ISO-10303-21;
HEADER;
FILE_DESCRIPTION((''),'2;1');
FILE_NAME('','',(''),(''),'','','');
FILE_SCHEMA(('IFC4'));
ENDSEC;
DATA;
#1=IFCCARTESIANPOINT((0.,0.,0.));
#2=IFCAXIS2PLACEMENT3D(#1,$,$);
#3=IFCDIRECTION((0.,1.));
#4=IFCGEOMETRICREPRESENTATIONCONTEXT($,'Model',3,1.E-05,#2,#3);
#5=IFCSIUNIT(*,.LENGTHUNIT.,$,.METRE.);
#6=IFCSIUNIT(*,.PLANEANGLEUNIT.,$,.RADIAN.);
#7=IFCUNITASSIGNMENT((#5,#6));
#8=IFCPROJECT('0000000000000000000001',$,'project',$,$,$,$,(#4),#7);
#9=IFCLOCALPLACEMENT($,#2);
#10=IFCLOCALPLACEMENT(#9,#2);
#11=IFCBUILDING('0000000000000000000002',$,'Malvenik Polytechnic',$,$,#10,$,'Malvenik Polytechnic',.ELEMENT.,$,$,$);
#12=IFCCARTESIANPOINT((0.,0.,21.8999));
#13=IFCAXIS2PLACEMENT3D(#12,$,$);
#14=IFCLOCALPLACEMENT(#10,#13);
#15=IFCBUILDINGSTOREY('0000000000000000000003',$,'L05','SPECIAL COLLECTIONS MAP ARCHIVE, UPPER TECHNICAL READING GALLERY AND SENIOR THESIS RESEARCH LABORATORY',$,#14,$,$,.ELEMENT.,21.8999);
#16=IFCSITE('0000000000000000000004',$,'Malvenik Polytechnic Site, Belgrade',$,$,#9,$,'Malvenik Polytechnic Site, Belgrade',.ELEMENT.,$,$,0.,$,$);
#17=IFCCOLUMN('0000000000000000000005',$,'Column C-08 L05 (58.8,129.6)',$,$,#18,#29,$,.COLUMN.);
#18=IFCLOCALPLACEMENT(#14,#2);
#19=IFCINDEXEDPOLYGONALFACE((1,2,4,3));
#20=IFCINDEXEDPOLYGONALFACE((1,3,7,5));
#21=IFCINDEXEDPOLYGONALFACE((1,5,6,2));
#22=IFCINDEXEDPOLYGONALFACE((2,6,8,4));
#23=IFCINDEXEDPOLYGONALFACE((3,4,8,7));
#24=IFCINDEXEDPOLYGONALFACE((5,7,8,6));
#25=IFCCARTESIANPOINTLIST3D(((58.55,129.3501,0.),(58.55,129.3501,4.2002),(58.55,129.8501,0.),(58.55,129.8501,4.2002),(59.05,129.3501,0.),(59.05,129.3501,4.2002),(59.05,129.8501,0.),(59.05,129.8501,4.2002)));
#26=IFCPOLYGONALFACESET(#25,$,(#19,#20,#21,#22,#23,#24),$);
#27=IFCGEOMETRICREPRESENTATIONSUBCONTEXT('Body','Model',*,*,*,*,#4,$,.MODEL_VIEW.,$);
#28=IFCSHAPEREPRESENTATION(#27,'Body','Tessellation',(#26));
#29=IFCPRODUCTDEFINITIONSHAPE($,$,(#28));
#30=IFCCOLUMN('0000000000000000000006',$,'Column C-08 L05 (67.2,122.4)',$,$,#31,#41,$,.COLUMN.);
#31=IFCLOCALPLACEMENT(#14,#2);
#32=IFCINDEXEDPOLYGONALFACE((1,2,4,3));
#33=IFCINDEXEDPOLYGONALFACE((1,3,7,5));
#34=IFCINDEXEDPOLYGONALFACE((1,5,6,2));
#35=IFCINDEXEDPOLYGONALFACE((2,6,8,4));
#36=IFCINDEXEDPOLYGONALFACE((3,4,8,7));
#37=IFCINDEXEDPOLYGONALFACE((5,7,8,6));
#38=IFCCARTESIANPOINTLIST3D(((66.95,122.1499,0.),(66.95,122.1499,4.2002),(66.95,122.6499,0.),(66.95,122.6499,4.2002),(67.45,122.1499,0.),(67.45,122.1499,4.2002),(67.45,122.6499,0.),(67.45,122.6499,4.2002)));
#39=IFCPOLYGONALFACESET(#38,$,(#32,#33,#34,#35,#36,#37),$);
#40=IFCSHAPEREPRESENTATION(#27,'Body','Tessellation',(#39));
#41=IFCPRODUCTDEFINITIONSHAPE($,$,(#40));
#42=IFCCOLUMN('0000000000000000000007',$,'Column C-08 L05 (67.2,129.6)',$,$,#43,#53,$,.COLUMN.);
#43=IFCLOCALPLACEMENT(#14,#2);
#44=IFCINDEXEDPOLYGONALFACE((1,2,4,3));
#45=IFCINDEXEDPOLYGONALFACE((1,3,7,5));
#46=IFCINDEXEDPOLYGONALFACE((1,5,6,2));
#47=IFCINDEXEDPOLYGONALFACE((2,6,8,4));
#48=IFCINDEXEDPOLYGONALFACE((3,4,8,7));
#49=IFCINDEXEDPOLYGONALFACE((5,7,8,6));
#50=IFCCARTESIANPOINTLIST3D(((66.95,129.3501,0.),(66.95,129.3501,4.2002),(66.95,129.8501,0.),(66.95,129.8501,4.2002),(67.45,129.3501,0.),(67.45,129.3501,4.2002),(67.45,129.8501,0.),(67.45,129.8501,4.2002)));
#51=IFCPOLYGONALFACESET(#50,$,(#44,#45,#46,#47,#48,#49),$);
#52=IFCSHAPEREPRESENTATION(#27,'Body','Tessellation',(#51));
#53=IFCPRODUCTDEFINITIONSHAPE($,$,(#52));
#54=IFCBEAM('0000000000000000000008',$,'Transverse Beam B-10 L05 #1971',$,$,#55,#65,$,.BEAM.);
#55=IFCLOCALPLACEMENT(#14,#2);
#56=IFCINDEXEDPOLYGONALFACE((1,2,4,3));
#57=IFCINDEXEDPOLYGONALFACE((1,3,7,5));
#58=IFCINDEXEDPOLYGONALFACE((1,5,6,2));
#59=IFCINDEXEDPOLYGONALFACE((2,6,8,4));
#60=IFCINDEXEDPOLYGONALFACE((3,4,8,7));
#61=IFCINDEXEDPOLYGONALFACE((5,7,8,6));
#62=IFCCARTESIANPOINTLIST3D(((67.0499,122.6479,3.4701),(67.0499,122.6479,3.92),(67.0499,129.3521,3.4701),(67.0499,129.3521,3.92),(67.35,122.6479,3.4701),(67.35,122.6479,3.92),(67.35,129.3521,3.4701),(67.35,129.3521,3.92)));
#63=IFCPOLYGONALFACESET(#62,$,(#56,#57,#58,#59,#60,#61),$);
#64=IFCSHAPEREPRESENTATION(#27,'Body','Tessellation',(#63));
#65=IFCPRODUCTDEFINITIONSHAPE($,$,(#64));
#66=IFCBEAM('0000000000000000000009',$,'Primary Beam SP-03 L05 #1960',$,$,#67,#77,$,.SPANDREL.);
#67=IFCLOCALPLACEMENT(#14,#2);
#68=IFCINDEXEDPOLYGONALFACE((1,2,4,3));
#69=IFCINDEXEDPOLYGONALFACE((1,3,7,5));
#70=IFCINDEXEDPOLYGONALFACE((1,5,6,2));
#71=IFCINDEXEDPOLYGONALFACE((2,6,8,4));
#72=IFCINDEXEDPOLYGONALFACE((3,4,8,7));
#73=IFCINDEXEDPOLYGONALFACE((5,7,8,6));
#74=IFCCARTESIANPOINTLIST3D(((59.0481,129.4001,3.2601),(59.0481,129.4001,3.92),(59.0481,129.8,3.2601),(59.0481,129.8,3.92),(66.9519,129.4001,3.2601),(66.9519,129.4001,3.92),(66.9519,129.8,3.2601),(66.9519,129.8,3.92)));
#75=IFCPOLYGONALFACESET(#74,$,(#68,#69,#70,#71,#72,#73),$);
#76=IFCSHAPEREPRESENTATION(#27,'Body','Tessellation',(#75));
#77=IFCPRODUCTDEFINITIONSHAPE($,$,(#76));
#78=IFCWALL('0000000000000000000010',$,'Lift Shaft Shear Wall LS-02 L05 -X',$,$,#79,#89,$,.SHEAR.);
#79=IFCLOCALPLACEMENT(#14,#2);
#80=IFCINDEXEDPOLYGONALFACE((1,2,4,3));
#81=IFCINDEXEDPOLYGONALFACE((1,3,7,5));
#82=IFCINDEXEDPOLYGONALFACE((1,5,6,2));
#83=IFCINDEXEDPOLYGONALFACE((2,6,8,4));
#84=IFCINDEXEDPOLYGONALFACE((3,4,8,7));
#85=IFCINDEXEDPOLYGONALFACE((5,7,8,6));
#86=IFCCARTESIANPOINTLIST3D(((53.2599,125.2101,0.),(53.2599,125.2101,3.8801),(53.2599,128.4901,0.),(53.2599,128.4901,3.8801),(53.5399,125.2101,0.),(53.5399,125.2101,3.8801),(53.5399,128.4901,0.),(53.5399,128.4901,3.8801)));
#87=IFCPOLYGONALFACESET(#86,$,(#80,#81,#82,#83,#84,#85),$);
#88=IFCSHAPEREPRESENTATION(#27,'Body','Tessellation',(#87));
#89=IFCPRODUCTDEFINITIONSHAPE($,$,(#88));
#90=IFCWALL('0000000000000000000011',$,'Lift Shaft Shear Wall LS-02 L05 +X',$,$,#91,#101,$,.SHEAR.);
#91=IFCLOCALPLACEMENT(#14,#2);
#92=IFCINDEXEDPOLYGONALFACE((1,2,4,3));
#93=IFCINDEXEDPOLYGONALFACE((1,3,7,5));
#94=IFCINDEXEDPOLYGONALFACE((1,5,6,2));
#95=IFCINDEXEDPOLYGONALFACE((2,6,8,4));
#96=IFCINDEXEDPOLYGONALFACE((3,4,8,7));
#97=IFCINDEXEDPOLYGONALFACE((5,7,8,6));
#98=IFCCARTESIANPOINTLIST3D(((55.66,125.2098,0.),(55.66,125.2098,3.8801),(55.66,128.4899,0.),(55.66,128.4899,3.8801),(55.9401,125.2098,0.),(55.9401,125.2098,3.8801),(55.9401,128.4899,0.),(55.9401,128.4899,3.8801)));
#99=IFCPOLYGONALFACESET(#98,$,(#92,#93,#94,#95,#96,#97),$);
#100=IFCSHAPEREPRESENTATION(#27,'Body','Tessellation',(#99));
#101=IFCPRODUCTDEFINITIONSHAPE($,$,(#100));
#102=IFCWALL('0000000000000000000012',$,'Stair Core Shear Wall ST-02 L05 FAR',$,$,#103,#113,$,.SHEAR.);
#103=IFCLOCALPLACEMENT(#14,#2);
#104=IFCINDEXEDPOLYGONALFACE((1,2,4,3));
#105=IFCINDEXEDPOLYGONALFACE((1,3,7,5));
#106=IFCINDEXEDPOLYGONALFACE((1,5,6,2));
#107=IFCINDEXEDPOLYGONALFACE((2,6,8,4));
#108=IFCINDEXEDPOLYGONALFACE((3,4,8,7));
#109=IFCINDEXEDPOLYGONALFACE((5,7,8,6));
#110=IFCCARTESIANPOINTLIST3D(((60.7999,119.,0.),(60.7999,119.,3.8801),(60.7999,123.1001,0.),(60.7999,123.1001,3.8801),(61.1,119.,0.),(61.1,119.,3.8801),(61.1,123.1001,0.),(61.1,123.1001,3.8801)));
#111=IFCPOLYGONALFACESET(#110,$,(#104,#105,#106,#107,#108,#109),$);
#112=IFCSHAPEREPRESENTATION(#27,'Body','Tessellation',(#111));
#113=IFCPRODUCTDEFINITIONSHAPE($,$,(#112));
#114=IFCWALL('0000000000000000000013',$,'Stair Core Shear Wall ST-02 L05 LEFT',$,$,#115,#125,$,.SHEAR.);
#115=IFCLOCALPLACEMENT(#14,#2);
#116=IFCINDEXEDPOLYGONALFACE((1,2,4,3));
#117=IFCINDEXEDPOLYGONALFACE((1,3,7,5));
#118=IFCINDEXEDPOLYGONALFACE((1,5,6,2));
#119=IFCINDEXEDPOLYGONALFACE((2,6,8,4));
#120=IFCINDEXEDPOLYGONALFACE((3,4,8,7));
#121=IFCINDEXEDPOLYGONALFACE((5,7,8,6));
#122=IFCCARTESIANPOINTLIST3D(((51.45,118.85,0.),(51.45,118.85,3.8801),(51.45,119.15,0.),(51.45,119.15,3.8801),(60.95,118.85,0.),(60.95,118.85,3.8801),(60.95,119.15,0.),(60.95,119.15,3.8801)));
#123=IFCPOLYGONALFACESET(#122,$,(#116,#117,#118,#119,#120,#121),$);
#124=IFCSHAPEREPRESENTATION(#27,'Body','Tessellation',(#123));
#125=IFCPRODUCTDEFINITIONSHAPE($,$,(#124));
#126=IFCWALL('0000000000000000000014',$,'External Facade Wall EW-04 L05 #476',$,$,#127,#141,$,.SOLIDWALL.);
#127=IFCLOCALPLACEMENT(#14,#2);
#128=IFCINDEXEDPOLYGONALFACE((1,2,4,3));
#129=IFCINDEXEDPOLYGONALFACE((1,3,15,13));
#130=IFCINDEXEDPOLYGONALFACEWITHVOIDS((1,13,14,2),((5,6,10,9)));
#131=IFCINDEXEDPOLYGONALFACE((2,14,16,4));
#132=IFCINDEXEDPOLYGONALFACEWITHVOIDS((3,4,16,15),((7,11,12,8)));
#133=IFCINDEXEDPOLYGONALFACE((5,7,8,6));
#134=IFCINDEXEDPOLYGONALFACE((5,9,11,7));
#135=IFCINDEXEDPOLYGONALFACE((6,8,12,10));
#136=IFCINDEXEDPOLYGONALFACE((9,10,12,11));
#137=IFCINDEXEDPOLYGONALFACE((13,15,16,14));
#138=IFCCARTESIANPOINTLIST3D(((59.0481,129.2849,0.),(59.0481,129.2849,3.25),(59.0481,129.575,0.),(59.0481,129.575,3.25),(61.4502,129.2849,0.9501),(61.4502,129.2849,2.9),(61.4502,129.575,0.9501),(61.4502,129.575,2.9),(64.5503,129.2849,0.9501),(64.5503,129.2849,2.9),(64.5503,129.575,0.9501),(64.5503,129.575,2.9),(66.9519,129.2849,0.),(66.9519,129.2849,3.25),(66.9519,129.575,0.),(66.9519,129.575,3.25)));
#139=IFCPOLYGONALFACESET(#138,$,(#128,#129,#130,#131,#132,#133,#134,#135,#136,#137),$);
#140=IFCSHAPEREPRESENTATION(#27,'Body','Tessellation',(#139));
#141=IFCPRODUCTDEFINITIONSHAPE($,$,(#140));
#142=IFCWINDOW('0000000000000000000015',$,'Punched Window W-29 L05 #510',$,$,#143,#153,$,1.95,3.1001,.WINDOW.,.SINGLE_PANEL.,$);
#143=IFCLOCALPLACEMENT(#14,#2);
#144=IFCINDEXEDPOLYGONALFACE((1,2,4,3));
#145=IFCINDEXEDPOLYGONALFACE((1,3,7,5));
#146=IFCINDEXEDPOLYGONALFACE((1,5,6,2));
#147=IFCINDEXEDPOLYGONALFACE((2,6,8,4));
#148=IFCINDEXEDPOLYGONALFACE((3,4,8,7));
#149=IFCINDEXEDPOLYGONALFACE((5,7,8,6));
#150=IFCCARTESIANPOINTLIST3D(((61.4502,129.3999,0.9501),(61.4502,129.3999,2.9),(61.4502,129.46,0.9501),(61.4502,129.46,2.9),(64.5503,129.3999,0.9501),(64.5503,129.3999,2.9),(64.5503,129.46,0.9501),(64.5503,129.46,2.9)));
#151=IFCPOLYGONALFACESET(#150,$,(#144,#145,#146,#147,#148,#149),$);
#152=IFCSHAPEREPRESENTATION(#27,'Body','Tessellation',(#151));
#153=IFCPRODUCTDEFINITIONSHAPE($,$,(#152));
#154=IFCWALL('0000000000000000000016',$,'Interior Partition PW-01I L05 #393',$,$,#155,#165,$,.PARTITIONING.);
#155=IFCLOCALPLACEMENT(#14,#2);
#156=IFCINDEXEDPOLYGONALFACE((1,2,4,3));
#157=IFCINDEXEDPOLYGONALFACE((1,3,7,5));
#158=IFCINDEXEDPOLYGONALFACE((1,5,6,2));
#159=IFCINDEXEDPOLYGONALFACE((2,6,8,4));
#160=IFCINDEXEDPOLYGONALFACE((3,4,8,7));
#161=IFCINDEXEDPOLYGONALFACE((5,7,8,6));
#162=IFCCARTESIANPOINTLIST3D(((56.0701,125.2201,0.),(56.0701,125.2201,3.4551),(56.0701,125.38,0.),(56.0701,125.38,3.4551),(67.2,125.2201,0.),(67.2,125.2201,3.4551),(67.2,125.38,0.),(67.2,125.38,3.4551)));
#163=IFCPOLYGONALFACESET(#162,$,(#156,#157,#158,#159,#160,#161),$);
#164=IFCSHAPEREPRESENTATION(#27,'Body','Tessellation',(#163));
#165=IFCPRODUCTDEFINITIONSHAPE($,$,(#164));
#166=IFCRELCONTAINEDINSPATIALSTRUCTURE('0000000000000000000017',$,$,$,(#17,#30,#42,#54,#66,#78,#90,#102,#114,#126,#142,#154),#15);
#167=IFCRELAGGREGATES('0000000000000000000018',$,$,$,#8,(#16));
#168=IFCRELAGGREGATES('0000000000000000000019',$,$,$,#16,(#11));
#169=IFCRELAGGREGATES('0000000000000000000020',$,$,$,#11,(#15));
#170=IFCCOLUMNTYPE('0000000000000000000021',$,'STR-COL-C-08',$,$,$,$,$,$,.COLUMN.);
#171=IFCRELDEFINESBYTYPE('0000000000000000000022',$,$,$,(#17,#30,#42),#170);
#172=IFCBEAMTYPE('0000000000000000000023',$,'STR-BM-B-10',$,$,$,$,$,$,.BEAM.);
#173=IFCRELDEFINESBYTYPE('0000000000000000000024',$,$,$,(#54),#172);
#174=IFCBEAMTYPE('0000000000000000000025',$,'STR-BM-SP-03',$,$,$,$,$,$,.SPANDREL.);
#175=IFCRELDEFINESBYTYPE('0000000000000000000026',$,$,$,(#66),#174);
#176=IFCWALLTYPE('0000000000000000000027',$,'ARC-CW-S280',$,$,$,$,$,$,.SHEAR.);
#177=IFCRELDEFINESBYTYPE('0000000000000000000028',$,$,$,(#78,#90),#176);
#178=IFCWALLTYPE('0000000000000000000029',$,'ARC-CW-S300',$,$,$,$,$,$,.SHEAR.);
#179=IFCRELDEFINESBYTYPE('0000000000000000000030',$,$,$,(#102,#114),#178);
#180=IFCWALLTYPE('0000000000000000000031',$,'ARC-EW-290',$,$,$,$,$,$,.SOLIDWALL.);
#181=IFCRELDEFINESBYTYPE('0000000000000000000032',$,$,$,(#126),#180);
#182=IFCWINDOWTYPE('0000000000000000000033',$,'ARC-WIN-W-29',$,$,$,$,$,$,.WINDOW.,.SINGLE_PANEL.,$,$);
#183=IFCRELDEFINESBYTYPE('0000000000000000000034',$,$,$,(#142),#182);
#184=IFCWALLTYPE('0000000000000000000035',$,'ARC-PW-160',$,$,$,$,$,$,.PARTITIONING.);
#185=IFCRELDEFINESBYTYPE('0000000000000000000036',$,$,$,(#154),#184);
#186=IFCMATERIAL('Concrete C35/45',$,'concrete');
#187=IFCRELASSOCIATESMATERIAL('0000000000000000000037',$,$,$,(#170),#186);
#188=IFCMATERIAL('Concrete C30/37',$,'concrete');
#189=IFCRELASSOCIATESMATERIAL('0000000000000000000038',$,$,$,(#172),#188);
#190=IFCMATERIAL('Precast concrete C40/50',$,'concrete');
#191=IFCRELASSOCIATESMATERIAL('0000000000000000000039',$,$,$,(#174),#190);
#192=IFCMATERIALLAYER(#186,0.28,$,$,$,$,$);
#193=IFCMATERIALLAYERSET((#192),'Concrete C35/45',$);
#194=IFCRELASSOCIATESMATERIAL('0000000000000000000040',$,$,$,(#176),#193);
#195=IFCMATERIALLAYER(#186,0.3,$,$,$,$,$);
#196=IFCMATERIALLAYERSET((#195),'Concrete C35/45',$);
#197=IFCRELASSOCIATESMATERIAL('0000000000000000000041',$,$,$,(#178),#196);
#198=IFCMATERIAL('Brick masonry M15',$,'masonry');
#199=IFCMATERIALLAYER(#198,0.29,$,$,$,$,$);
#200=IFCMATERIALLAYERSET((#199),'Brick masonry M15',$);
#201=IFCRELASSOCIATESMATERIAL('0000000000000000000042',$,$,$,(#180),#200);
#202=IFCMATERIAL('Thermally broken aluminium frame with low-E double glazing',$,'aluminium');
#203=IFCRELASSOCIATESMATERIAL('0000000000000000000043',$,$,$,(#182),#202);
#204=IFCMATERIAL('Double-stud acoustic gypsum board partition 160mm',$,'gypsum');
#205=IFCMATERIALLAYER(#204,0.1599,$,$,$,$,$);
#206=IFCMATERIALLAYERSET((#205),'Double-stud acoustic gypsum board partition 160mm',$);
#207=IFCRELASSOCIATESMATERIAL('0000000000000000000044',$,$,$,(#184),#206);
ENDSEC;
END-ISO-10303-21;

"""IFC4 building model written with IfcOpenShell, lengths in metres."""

from ifc_helpers import new_model, si_unit, direction, frame, frame_2d, origin, origin_2d, place, context, subcontext, project, spatial, rectangle, extrude, material, layer, layer_set, material_profile, profile_set, type_object, element, fill, save


model = new_model("IFC4")

# Units and contexts
model_context = context("Model", 3, precision=1e-05, world=origin(), true_north=direction((0.0, 1.0)))
body_context = subcontext(model_context, "Body", "Model", "MODEL_VIEW")
ifc_project = project(units=[si_unit("LENGTHUNIT", "METRE"), si_unit("PLANEANGLEUNIT", "RADIAN")], contexts=[model_context])

# Site, building, storey
site_placement = place(None, origin())
site = spatial("IfcSite", under=ifc_project, at=site_placement, Name="Malvenik Polytechnic Site, Belgrade", LongName="Malvenik Polytechnic Site, Belgrade", CompositionType="ELEMENT", RefElevation=0.0)
building_placement = place(site_placement, origin())
building = spatial("IfcBuilding", under=site, at=building_placement, Name="Malvenik Polytechnic", LongName="Malvenik Polytechnic", CompositionType="ELEMENT")
storey_placement = place(building_placement, frame((0.0, 0.0, 21.8999)))
storey = spatial("IfcBuildingStorey", under=building, at=storey_placement, Name="L05", Description="SPECIAL COLLECTIONS MAP ARCHIVE, UPPER TECHNICAL READING GALLERY AND SENIOR THESIS RESEARCH LABORATORY", CompositionType="ELEMENT", Elevation=21.8999)

# Columns
ifc_material_1 = material(Name="Concrete C35/45", Category="concrete")
ifc_material_profile_1 = material_profile(ifc_material_1, rectangle(XDim=0.5, YDim=0.5, at=origin_2d()), Name="RC COL 500x500")
ifc_profile_set_1 = profile_set([ifc_material_profile_1], Name="Concrete C35/45")
column_type = type_object("IfcColumnType", Name="STR-COL-C-08", PredefinedType="COLUMN", material=ifc_profile_set_1)
for number, where, z_axis, x_axis, name in (
    (1, (58.8, 129.6001, 0.0), (0.0, 0.0, 1.0), (1.0, 0.0, 0.0), "Column C-08 L05 (58.8,129.6)"),
    (2, (67.2, 122.3999, 0.0), (0.0, 0.0, 1.0), (1.0, 0.0, 0.0), "Column C-08 L05 (67.2,122.4)"),
    (3, (67.2, 129.6001, 0.0), (0.0, 0.0, 1.0), (1.0, 0.0, 0.0), "Column C-08 L05 (67.2,129.6)"),
):
    element("IfcColumn", number, at=place(storey_placement, frame(where, z_axis=z_axis, x_axis=x_axis)), inside=storey, type_object=column_type, Name=name, PredefinedType="COLUMN", context=body_context, shape_type="SweptSolid", body=[
        extrude(rectangle(XDim=0.5, YDim=0.5, at=origin_2d()), origin(), (0.0, 0.0, 1.0), 4.2002),
    ])

# Beams
ifc_material_2 = material(Name="Concrete C30/37", Category="concrete")
ifc_material_profile_2 = material_profile(ifc_material_2, rectangle(XDim=0.3, YDim=0.45, at=origin_2d()), Name="RC BM 300x450")
ifc_profile_set_2 = profile_set([ifc_material_profile_2], Name="Concrete C30/37")
beam_type_1 = type_object("IfcBeamType", Name="STR-BM-B-10", PredefinedType="BEAM", material=ifc_profile_set_2)
beam_1_placement = place(storey_placement, frame((67.2, 122.6479, 3.6951), z_axis=(0.0, 1.0, 0.0), x_axis=(-1.0, 0.0, 0.0)))
element("IfcBeam", 4, at=beam_1_placement, inside=storey, type_object=beam_type_1, Name="Transverse Beam B-10 L05 #1971", PredefinedType="BEAM", context=body_context, shape_type="SweptSolid", body=[
    extrude(rectangle(XDim=0.3, YDim=0.45, at=origin_2d()), origin(), (0.0, 0.0, 1.0), 6.7041),
])
ifc_material_3 = material(Name="Precast concrete C40/50", Category="concrete")
ifc_material_profile_3 = material_profile(ifc_material_3, rectangle(XDim=0.3999, YDim=0.6599, at=origin_2d()), Name="PC SPN 400x660")
ifc_profile_set_3 = profile_set([ifc_material_profile_3], Name="Precast concrete C40/50")
beam_type_2 = type_object("IfcBeamType", Name="STR-BM-SP-03", PredefinedType="SPANDREL", material=ifc_profile_set_3)
beam_2_placement = place(storey_placement, frame((59.0481, 129.6001, 3.5901), z_axis=(1.0, 0.0, 0.0), x_axis=(0.0, 1.0, 0.0)))
element("IfcBeam", 5, at=beam_2_placement, inside=storey, type_object=beam_type_2, Name="Primary Beam SP-03 L05 #1960", PredefinedType="SPANDREL", context=body_context, shape_type="SweptSolid", body=[
    extrude(rectangle(XDim=0.3999, YDim=0.6599, at=origin_2d()), origin(), (0.0, 0.0, 1.0), 7.9038),
])

# Shared definitions
ifc_layer_1 = layer(ifc_material_1, 0.28)
ifc_layer_set_1 = layer_set([ifc_layer_1], Name="Concrete C35/45")
wall_type_1 = type_object("IfcWallType", Name="ARC-CW-S280", PredefinedType="SHEAR", material=ifc_layer_set_1)

# Walls
for number, where, z_axis, x_axis, name in (
    (6, (53.3999, 125.21, 0.0), (0.0, 0.0, 1.0), (0.0, 1.0, 0.0), "Lift Shaft Shear Wall LS-02 L05 -X"),
    (7, (55.8, 128.49, 0.0), (0.0, 0.0, 1.0), (0.0, -1.0, 0.0), "Lift Shaft Shear Wall LS-02 L05 +X"),
):
    element("IfcWall", number, at=place(storey_placement, frame(where, z_axis=z_axis, x_axis=x_axis)), inside=storey, type_object=wall_type_1, Name=name, PredefinedType="SHEAR", context=body_context, shape_type="SweptSolid", body=[
        extrude(rectangle(XDim=3.28, YDim=0.28, at=frame_2d((1.6401, 0.0))), origin(), (0.0, 0.0, 1.0), 3.8801),
    ])
ifc_layer_2 = layer(ifc_material_1, 0.3)
ifc_layer_set_2 = layer_set([ifc_layer_2], Name="Concrete C35/45")
wall_type_2 = type_object("IfcWallType", Name="ARC-CW-S300", PredefinedType="SHEAR", material=ifc_layer_set_2)
wall_1_placement = place(storey_placement, frame((60.95, 123.1001, 0.0), z_axis=(0.0, 0.0, 1.0), x_axis=(0.0, -1.0, 0.0)))
element("IfcWall", 8, at=wall_1_placement, inside=storey, type_object=wall_type_2, Name="Stair Core Shear Wall ST-02 L05 FAR", PredefinedType="SHEAR", context=body_context, shape_type="SweptSolid", body=[
    extrude(rectangle(XDim=4.1001, YDim=0.3, at=frame_2d((2.05, 0.0))), origin(), (0.0, 0.0, 1.0), 3.8801),
])
wall_2_placement = place(storey_placement, frame((60.95, 119.0, 0.0), z_axis=(0.0, 0.0, 1.0), x_axis=(-1.0, 0.0, 0.0)))
element("IfcWall", 9, at=wall_2_placement, inside=storey, type_object=wall_type_2, Name="Stair Core Shear Wall ST-02 L05 LEFT", PredefinedType="SHEAR", context=body_context, shape_type="SweptSolid", body=[
    extrude(rectangle(XDim=9.5, YDim=0.3, at=frame_2d((4.75, 0.0))), origin(), (0.0, 0.0, 1.0), 3.8801),
])

# Wall, opening, window
ifc_material_4 = material(Name="Brick masonry M15", Category="masonry")
ifc_layer_3 = layer(ifc_material_4, 0.29)
ifc_layer_set_3 = layer_set([ifc_layer_3], Name="Brick masonry M15")
wall_type_3 = type_object("IfcWallType", Name="ARC-EW-290", PredefinedType="SOLIDWALL", material=ifc_layer_set_3)
wall_3_placement = place(storey_placement, frame((59.0481, 129.4299, 0.0), z_axis=(0.0, 0.0, 1.0), x_axis=(1.0, 0.0, 0.0)))
wall_3 = element("IfcWall", 10, at=wall_3_placement, inside=storey, type_object=wall_type_3, Name="External Facade Wall EW-04 L05 #476", PredefinedType="SOLIDWALL", context=body_context, shape_type="SweptSolid", body=[
    extrude(rectangle(XDim=7.9038, YDim=0.29, at=frame_2d((3.9519, 0.0))), origin(), (0.0, 0.0, 1.0), 3.25),
])
opening_1_placement = place(wall_3_placement, frame((2.4021, 0.0, 0.95)))
opening_1 = element("IfcOpeningElement", 11, at=opening_1_placement, cuts=wall_3, PredefinedType="OPENING", context=body_context, shape_type="SweptSolid", body=[
    extrude(rectangle(XDim=3.1001, YDim=1.95, at=frame_2d((1.55, 0.9751))), frame((0.0, 0.155, 0.0), z_axis=(0.0, -1.0, 0.0), x_axis=(1.0, 0.0, 0.0)), (0.0, 0.0, 1.0), 0.3101),
])
ifc_material_5 = material(Name="Thermally broken aluminium frame with low-E double glazing", Category="aluminium")
window_type = type_object("IfcWindowType", Name="ARC-WIN-W-29", PartitioningType="SINGLE_PANEL", PredefinedType="WINDOW", material=ifc_material_5)
window_placement = place(opening_1_placement, origin())
window = element("IfcWindow", 12, at=window_placement, inside=storey, type_object=window_type, Name="Punched Window W-29 L05 #510", OverallHeight=1.95, OverallWidth=3.1001, PartitioningType="SINGLE_PANEL", PredefinedType="WINDOW", context=body_context, shape_type="SweptSolid", body=[
    extrude(rectangle(XDim=3.1001, YDim=1.95, at=frame_2d((1.55, 0.9751))), frame((0.0, 0.03, 0.0), z_axis=(0.0, -1.0, 0.0), x_axis=(1.0, 0.0, 0.0)), (0.0, 0.0, 1.0), 0.0601),
])
fill(opening_1, window)

# Wall
ifc_material_6 = material(Name="Double-stud acoustic gypsum board partition 160mm", Category="gypsum")
ifc_layer_4 = layer(ifc_material_6, 0.1599)
ifc_layer_set_4 = layer_set([ifc_layer_4], Name="Double-stud acoustic gypsum board partition 160mm")
wall_type_4 = type_object("IfcWallType", Name="ARC-PW-160", PredefinedType="PARTITIONING", material=ifc_layer_set_4)
wall_4_placement = place(storey_placement, frame((56.0701, 125.3, 0.0), z_axis=(0.0, 0.0, 1.0), x_axis=(1.0, 0.0, 0.0)))
element("IfcWall", 13, at=wall_4_placement, inside=storey, type_object=wall_type_4, Name="Interior Partition PW-01I L05 #393", PredefinedType="PARTITIONING", context=body_context, shape_type="SweptSolid", body=[
    extrude(rectangle(XDim=11.1299, YDim=0.1599, at=frame_2d((5.5649, 0.0))), origin(), (0.0, 0.0, 1.0), 3.4551),
])

save(model, "model.ifc")
